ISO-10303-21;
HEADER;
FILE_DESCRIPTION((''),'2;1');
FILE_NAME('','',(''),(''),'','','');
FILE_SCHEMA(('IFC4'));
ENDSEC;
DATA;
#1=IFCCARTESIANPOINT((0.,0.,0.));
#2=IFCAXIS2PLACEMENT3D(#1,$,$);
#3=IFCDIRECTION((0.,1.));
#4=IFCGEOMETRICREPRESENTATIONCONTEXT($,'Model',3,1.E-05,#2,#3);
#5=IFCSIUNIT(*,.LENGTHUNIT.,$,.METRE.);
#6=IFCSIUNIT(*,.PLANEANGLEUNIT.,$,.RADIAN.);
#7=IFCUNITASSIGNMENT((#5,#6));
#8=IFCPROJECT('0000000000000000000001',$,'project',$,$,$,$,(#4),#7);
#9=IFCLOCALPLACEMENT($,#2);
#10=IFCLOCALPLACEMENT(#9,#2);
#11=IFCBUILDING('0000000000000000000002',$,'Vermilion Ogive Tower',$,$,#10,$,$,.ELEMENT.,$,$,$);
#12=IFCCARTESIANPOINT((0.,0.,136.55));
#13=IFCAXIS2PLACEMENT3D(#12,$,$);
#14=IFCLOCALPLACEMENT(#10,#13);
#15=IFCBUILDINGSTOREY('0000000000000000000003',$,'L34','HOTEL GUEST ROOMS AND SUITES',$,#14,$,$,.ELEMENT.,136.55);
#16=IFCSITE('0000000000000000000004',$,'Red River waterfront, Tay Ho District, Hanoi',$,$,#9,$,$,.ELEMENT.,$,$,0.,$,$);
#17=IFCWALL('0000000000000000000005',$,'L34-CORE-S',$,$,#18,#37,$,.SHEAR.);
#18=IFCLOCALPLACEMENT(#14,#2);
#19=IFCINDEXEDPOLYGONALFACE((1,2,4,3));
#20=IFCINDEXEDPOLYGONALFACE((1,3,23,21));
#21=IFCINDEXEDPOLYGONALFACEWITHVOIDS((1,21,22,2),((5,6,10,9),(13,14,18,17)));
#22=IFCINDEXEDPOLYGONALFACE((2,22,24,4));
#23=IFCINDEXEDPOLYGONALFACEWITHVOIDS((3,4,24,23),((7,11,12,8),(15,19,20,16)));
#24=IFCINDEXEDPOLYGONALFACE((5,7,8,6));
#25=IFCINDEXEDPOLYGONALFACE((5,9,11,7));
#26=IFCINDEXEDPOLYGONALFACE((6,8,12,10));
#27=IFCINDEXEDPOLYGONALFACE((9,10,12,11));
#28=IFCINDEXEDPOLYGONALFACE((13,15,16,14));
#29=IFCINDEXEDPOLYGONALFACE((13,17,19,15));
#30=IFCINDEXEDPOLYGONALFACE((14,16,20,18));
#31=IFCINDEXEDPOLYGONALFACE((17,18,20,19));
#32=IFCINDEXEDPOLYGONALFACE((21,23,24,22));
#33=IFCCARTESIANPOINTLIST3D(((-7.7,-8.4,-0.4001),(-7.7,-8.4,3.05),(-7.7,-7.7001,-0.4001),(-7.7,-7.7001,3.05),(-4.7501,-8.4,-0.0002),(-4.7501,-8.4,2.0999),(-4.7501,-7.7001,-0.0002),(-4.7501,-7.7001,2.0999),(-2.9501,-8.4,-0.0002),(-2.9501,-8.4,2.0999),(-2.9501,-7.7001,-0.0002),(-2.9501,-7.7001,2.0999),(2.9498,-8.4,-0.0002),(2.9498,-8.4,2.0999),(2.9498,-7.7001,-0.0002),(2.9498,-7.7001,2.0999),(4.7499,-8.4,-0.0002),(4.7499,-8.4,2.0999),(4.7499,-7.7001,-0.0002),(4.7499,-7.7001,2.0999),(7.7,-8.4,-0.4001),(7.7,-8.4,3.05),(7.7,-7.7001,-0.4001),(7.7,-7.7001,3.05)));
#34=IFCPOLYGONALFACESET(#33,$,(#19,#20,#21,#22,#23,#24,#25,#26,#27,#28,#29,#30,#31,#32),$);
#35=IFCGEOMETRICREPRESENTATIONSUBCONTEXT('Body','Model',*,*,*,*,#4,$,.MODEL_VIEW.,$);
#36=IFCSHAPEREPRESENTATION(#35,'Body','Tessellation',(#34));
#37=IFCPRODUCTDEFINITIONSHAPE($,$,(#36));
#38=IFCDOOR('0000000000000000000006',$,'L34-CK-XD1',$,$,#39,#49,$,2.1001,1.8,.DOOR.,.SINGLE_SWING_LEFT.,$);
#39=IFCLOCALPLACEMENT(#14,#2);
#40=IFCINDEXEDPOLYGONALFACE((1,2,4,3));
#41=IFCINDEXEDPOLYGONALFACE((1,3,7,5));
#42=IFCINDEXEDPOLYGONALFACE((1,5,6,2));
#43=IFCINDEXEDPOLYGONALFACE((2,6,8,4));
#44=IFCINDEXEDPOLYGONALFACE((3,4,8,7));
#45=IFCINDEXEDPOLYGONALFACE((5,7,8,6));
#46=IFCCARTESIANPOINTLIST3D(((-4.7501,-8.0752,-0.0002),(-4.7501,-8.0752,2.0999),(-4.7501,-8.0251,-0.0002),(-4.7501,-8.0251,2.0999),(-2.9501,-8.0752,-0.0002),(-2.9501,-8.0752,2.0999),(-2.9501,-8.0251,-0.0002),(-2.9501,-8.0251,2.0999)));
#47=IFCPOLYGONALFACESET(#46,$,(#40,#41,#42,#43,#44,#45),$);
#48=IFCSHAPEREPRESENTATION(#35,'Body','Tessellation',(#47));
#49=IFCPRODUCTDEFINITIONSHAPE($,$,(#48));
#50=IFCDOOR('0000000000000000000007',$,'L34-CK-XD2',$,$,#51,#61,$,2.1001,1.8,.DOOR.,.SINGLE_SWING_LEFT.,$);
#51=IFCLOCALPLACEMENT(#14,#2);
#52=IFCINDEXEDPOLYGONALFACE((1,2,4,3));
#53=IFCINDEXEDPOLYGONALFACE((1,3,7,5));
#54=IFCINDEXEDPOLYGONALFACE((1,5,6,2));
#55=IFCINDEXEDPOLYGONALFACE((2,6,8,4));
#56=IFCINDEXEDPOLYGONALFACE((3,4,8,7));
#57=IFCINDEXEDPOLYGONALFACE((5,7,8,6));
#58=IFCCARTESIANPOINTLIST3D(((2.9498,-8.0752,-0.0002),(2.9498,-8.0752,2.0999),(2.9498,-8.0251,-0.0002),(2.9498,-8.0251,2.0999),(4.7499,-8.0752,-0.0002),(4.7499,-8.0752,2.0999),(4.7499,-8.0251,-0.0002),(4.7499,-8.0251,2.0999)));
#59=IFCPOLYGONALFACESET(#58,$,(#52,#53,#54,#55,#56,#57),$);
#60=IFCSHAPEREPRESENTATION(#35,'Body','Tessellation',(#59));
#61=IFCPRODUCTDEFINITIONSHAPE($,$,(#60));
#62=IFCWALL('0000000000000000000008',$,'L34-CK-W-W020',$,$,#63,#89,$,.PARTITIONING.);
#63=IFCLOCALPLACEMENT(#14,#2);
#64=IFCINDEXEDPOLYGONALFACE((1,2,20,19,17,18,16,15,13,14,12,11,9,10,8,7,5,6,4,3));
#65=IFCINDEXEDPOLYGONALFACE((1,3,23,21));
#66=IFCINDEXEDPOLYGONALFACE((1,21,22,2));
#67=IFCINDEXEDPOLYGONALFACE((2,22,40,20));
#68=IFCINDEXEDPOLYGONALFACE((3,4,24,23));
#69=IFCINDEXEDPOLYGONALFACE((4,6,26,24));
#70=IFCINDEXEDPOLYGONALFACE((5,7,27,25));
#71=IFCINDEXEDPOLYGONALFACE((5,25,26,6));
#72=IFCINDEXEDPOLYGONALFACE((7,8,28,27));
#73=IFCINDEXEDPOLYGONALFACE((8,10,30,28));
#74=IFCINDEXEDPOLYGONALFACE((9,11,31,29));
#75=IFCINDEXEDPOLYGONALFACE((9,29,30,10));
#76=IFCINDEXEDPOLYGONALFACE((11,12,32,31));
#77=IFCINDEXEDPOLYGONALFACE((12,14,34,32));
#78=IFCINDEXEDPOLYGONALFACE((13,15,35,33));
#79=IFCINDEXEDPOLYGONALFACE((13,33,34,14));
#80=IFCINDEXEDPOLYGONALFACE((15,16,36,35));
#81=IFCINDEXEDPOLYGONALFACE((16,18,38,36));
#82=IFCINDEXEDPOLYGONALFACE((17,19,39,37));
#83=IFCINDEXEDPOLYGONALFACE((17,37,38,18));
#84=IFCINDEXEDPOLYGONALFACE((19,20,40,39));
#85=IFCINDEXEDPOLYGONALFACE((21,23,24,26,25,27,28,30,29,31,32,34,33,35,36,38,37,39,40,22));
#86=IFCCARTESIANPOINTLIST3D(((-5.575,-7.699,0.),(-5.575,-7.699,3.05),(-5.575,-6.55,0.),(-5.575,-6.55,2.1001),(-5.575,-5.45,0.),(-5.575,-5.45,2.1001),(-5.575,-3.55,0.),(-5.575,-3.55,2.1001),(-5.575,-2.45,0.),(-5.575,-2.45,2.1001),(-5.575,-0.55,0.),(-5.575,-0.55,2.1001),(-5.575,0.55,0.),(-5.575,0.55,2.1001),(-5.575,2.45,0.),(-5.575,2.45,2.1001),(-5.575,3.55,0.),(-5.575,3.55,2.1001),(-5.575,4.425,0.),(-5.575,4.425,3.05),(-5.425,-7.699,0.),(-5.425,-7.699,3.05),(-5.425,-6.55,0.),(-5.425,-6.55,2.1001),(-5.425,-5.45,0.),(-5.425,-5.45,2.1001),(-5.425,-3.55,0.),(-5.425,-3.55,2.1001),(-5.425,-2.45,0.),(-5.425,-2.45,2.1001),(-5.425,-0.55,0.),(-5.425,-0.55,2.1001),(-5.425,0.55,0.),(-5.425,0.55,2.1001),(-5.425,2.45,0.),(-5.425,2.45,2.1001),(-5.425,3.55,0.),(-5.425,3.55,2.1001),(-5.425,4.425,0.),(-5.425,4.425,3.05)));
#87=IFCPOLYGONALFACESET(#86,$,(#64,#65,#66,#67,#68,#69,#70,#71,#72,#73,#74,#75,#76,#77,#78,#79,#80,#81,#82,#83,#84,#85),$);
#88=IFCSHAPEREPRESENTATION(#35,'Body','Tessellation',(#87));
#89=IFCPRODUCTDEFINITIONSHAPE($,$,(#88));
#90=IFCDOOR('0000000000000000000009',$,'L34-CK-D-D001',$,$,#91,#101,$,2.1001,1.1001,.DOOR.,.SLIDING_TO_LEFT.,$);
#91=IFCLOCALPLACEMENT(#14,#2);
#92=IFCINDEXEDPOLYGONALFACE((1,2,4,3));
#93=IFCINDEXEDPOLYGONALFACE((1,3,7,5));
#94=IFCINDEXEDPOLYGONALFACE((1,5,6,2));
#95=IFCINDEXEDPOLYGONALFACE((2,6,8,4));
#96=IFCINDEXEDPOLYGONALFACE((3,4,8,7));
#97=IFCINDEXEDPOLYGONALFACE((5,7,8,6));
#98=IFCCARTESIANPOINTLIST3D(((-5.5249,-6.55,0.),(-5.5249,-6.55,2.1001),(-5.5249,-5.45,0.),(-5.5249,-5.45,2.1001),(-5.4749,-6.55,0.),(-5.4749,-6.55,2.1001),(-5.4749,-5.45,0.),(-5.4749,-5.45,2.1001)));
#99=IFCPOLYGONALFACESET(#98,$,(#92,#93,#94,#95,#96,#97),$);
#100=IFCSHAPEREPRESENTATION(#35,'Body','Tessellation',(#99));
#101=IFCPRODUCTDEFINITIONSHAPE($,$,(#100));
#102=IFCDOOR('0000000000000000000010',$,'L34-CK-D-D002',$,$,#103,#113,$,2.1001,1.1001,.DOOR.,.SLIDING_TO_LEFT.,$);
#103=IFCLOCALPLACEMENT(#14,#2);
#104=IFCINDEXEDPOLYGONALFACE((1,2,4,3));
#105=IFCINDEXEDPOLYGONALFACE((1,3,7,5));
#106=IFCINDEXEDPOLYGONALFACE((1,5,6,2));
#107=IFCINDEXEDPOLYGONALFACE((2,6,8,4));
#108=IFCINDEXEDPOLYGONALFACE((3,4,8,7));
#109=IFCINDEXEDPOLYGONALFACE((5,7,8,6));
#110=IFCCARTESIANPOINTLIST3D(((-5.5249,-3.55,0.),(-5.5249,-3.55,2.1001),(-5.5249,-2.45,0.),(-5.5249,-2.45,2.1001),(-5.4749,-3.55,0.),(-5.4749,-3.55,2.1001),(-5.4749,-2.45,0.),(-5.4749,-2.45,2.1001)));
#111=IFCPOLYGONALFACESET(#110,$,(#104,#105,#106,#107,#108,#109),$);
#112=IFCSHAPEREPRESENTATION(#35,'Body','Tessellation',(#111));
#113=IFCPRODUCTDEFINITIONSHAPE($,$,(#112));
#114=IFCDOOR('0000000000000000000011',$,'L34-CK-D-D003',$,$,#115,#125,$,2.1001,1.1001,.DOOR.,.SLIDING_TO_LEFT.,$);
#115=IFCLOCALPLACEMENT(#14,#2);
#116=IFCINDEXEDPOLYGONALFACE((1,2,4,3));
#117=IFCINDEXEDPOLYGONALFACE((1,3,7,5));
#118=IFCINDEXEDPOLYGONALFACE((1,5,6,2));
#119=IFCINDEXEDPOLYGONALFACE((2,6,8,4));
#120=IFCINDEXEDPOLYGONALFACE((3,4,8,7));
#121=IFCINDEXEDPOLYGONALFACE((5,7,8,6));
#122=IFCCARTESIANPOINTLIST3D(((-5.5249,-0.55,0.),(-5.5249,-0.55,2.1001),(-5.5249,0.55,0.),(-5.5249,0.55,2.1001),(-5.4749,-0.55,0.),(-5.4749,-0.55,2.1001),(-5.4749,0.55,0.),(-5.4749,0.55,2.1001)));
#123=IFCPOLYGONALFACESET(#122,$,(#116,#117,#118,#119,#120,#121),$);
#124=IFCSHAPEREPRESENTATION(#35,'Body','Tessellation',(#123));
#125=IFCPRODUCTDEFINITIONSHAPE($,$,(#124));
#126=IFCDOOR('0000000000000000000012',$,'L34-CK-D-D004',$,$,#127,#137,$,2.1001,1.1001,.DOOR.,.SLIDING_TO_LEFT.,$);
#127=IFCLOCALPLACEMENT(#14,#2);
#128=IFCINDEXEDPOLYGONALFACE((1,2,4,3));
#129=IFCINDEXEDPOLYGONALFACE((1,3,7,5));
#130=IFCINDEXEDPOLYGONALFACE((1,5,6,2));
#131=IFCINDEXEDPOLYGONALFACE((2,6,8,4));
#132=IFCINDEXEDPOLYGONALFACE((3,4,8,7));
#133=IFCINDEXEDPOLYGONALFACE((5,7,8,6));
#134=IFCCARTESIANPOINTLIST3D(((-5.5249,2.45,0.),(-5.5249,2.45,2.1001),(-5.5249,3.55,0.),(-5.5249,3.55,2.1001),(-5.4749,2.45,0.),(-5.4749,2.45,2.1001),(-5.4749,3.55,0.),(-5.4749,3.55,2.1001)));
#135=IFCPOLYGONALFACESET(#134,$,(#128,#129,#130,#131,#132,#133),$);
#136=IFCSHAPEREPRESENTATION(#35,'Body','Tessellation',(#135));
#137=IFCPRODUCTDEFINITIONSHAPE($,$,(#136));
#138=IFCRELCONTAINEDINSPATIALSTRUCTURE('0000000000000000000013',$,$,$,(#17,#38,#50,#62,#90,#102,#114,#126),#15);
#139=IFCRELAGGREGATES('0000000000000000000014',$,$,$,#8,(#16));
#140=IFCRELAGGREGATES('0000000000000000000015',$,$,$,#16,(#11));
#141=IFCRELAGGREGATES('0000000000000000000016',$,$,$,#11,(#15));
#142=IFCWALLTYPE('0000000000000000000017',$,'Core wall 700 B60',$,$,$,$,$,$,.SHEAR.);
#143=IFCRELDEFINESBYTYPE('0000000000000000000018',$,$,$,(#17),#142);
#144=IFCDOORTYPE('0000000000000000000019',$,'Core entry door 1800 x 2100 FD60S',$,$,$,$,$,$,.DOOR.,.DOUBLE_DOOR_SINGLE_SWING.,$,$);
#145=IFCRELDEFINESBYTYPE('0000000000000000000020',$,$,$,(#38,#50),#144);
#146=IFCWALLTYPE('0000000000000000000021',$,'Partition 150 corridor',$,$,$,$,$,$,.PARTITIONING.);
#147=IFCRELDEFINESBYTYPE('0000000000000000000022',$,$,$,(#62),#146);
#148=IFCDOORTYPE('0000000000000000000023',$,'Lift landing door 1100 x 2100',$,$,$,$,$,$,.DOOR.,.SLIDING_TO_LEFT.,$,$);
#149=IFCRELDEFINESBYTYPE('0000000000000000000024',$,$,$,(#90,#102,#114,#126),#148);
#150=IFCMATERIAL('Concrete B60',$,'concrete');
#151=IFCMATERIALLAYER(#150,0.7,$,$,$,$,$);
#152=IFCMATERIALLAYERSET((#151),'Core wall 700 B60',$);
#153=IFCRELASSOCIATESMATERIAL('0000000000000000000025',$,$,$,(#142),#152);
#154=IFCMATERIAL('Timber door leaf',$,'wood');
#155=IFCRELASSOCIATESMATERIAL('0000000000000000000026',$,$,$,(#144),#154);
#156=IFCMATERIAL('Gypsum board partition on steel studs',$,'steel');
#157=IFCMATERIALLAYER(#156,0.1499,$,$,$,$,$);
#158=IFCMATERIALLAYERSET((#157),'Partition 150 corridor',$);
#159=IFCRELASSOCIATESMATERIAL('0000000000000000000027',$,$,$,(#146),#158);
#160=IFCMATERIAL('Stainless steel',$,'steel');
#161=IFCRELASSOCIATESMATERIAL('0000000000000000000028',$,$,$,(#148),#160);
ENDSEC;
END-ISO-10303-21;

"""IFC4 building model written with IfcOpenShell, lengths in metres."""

from ifc_helpers import new_model, si_unit, direction, frame, frame_2d, origin, place, context, subcontext, project, spatial, rectangle, extrude, material, layer, layer_set, type_object, element, fill, save


model = new_model("IFC4")

# Units and contexts
model_context = context("Model", 3, precision=1e-05, world=origin(), true_north=direction((0.0, 1.0)))
body_context = subcontext(model_context, "Body", "Model", "MODEL_VIEW")
ifc_project = project(units=[si_unit("LENGTHUNIT", "METRE"), si_unit("PLANEANGLEUNIT", "RADIAN")], contexts=[model_context])

# Site, building, storey
site_placement = place(None, origin())
site = spatial("IfcSite", under=ifc_project, at=site_placement, Name="Red River waterfront, Tay Ho District, Hanoi", CompositionType="ELEMENT", RefElevation=0.0)
building_placement = place(site_placement, origin())
building = spatial("IfcBuilding", under=site, at=building_placement, Name="Vermilion Ogive Tower", CompositionType="ELEMENT")
storey_placement = place(building_placement, frame((0.0, 0.0, 136.55)))
storey = spatial("IfcBuildingStorey", under=building, at=storey_placement, Name="L34", Description="HOTEL GUEST ROOMS AND SUITES", CompositionType="ELEMENT", Elevation=136.55)

# Walls, openings, doors
ifc_material_1 = material(Name="Concrete B60", Category="concrete")
ifc_layer_1 = layer(ifc_material_1, 0.7)
ifc_layer_set_1 = layer_set([ifc_layer_1], Name="Core wall 700 B60")
wall_type_1 = type_object("IfcWallType", Name="Core wall 700 B60", PredefinedType="SHEAR", material=ifc_layer_set_1)
wall_1_placement = place(storey_placement, frame((-7.7, -8.05, -0.4001), z_axis=(0.0, 0.0, 1.0), x_axis=(1.0, 0.0, 0.0)))
wall_1 = element("IfcWall", 1, at=wall_1_placement, inside=storey, type_object=wall_type_1, Name="L34-CORE-S", PredefinedType="SHEAR", context=body_context, shape_type="SweptSolid", body=[
    extrude(rectangle(XDim=15.3999, YDim=0.7, at=frame_2d((7.7, 0.0))), origin(), (0.0, 0.0, 1.0), 3.4502),
])
opening_1_placement = place(wall_1_placement, frame((2.95, 0.0, 0.3999)))
opening_1 = element("IfcOpeningElement", 2, at=opening_1_placement, cuts=wall_1, PredefinedType="OPENING", context=body_context, shape_type="SweptSolid", body=[
    extrude(rectangle(XDim=1.8, YDim=2.1001, at=frame_2d((0.8999, 1.05))), frame((0.0, 0.3599, 0.0), z_axis=(0.0, -1.0, 0.0), x_axis=(1.0, 0.0, 0.0)), (0.0, 0.0, 1.0), 0.72),
])
opening_2_placement = place(wall_1_placement, frame((10.6499, 0.0, 0.3999)))
opening_2 = element("IfcOpeningElement", 3, at=opening_2_placement, cuts=wall_1, PredefinedType="OPENING", context=body_context, shape_type="SweptSolid", body=[
    extrude(rectangle(XDim=1.8, YDim=2.1001, at=frame_2d((0.8999, 1.05))), frame((0.0, 0.3599, 0.0), z_axis=(0.0, -1.0, 0.0), x_axis=(1.0, 0.0, 0.0)), (0.0, 0.0, 1.0), 0.72),
])
ifc_material_2 = material(Name="Timber door leaf", Category="wood")
door_type_1 = type_object("IfcDoorType", Name="Core entry door 1800 x 2100 FD60S", OperationType="DOUBLE_DOOR_SINGLE_SWING", PredefinedType="DOOR", material=ifc_material_2)
door_1_placement = place(opening_1_placement, origin())
door_1 = element("IfcDoor", 4, at=door_1_placement, inside=storey, type_object=door_type_1, Name="L34-CK-XD1", OperationType="SINGLE_SWING_LEFT", OverallHeight=2.1001, OverallWidth=1.8, PredefinedType="DOOR", context=body_context, shape_type="SweptSolid", body=[
    extrude(rectangle(XDim=1.8, YDim=2.1001, at=frame_2d((0.8999, 1.05))), frame((0.0, 0.0249, 0.0), z_axis=(0.0, -1.0, 0.0), x_axis=(1.0, 0.0, 0.0)), (0.0, 0.0, 1.0), 0.05),
])
fill(opening_1, door_1)
door_2_placement = place(opening_2_placement, origin())
door_2 = element("IfcDoor", 5, at=door_2_placement, inside=storey, type_object=door_type_1, Name="L34-CK-XD2", OperationType="SINGLE_SWING_LEFT", OverallHeight=2.1001, OverallWidth=1.8, PredefinedType="DOOR", context=body_context, shape_type="SweptSolid", body=[
    extrude(rectangle(XDim=1.8, YDim=2.1001, at=frame_2d((0.8999, 1.05))), frame((0.0, 0.0249, 0.0), z_axis=(0.0, -1.0, 0.0), x_axis=(1.0, 0.0, 0.0)), (0.0, 0.0, 1.0), 0.05),
])
fill(opening_2, door_2)
ifc_material_3 = material(Name="Gypsum board partition on steel studs", Category="steel")
ifc_layer_2 = layer(ifc_material_3, 0.1499)
ifc_layer_set_2 = layer_set([ifc_layer_2], Name="Partition 150 corridor")
wall_type_2 = type_object("IfcWallType", Name="Partition 150 corridor", PredefinedType="PARTITIONING", material=ifc_layer_set_2)
wall_2_placement = place(storey_placement, frame((-5.5, -7.699, 0.0), z_axis=(0.0, 0.0, 1.0), x_axis=(0.0, 1.0, 0.0)))
wall_2 = element("IfcWall", 6, at=wall_2_placement, inside=storey, type_object=wall_type_2, Name="L34-CK-W-W020", PredefinedType="PARTITIONING", context=body_context, shape_type="SweptSolid", body=[
    extrude(rectangle(XDim=12.124, YDim=0.1499, at=frame_2d((6.062, 0.0))), origin(), (0.0, 0.0, 1.0), 3.05),
])
opening_3_placement = place(wall_2_placement, frame((1.1489, 0.0, 0.0)))
opening_3 = element("IfcOpeningElement", 7, at=opening_3_placement, cuts=wall_2, PredefinedType="OPENING", context=body_context, shape_type="SweptSolid", body=[
    extrude(rectangle(XDim=1.1001, YDim=2.1001, at=frame_2d((0.55, 1.05))), frame((0.0, 0.085, 0.0), z_axis=(0.0, -1.0, 0.0), x_axis=(1.0, 0.0, 0.0)), (0.0, 0.0, 1.0), 0.1699),
])
opening_4_placement = place(wall_2_placement, frame((4.1489, 0.0, 0.0)))
opening_4 = element("IfcOpeningElement", 8, at=opening_4_placement, cuts=wall_2, PredefinedType="OPENING", context=body_context, shape_type="SweptSolid", body=[
    extrude(rectangle(XDim=1.1001, YDim=2.1001, at=frame_2d((0.55, 1.05))), frame((0.0, 0.085, 0.0), z_axis=(0.0, -1.0, 0.0), x_axis=(1.0, 0.0, 0.0)), (0.0, 0.0, 1.0), 0.1699),
])
opening_5_placement = place(wall_2_placement, frame((7.1489, 0.0, 0.0)))
opening_5 = element("IfcOpeningElement", 9, at=opening_5_placement, cuts=wall_2, PredefinedType="OPENING", context=body_context, shape_type="SweptSolid", body=[
    extrude(rectangle(XDim=1.1001, YDim=2.1001, at=frame_2d((0.55, 1.05))), frame((0.0, 0.085, 0.0), z_axis=(0.0, -1.0, 0.0), x_axis=(1.0, 0.0, 0.0)), (0.0, 0.0, 1.0), 0.1699),
])
opening_6_placement = place(wall_2_placement, frame((10.1489, 0.0, 0.0)))
opening_6 = element("IfcOpeningElement", 10, at=opening_6_placement, cuts=wall_2, PredefinedType="OPENING", context=body_context, shape_type="SweptSolid", body=[
    extrude(rectangle(XDim=1.1001, YDim=2.1001, at=frame_2d((0.55, 1.05))), frame((0.0, 0.085, 0.0), z_axis=(0.0, -1.0, 0.0), x_axis=(1.0, 0.0, 0.0)), (0.0, 0.0, 1.0), 0.1699),
])
ifc_material_4 = material(Name="Stainless steel", Category="steel")
door_type_2 = type_object("IfcDoorType", Name="Lift landing door 1100 x 2100", OperationType="SLIDING_TO_LEFT", PredefinedType="DOOR", material=ifc_material_4)
door_3_placement = place(opening_3_placement, origin())
door_3 = element("IfcDoor", 11, at=door_3_placement, inside=storey, type_object=door_type_2, Name="L34-CK-D-D001", OperationType="SLIDING_TO_LEFT", OverallHeight=2.1001, OverallWidth=1.1001, PredefinedType="DOOR", context=body_context, shape_type="SweptSolid", body=[
    extrude(rectangle(XDim=1.1001, YDim=2.1001, at=frame_2d((0.55, 1.05))), frame((0.0, 0.0249, 0.0), z_axis=(0.0, -1.0, 0.0), x_axis=(1.0, 0.0, 0.0)), (0.0, 0.0, 1.0), 0.05),
])
fill(opening_3, door_3)
door_4_placement = place(opening_4_placement, origin())
door_4 = element("IfcDoor", 12, at=door_4_placement, inside=storey, type_object=door_type_2, Name="L34-CK-D-D002", OperationType="SLIDING_TO_LEFT", OverallHeight=2.1001, OverallWidth=1.1001, PredefinedType="DOOR", context=body_context, shape_type="SweptSolid", body=[
    extrude(rectangle(XDim=1.1001, YDim=2.1001, at=frame_2d((0.55, 1.05))), frame((0.0, 0.0249, 0.0), z_axis=(0.0, -1.0, 0.0), x_axis=(1.0, 0.0, 0.0)), (0.0, 0.0, 1.0), 0.05),
])
fill(opening_4, door_4)
door_5_placement = place(opening_5_placement, origin())
door_5 = element("IfcDoor", 13, at=door_5_placement, inside=storey, type_object=door_type_2, Name="L34-CK-D-D003", OperationType="SLIDING_TO_LEFT", OverallHeight=2.1001, OverallWidth=1.1001, PredefinedType="DOOR", context=body_context, shape_type="SweptSolid", body=[
    extrude(rectangle(XDim=1.1001, YDim=2.1001, at=frame_2d((0.55, 1.05))), frame((0.0, 0.0249, 0.0), z_axis=(0.0, -1.0, 0.0), x_axis=(1.0, 0.0, 0.0)), (0.0, 0.0, 1.0), 0.05),
])
fill(opening_5, door_5)
door_6_placement = place(opening_6_placement, origin())
door_6 = element("IfcDoor", 14, at=door_6_placement, inside=storey, type_object=door_type_2, Name="L34-CK-D-D004", OperationType="SLIDING_TO_LEFT", OverallHeight=2.1001, OverallWidth=1.1001, PredefinedType="DOOR", context=body_context, shape_type="SweptSolid", body=[
    extrude(rectangle(XDim=1.1001, YDim=2.1001, at=frame_2d((0.55, 1.05))), frame((0.0, 0.0249, 0.0), z_axis=(0.0, -1.0, 0.0), x_axis=(1.0, 0.0, 0.0)), (0.0, 0.0, 1.0), 0.05),
])
fill(opening_6, door_6)

save(model, "model.ifc")
